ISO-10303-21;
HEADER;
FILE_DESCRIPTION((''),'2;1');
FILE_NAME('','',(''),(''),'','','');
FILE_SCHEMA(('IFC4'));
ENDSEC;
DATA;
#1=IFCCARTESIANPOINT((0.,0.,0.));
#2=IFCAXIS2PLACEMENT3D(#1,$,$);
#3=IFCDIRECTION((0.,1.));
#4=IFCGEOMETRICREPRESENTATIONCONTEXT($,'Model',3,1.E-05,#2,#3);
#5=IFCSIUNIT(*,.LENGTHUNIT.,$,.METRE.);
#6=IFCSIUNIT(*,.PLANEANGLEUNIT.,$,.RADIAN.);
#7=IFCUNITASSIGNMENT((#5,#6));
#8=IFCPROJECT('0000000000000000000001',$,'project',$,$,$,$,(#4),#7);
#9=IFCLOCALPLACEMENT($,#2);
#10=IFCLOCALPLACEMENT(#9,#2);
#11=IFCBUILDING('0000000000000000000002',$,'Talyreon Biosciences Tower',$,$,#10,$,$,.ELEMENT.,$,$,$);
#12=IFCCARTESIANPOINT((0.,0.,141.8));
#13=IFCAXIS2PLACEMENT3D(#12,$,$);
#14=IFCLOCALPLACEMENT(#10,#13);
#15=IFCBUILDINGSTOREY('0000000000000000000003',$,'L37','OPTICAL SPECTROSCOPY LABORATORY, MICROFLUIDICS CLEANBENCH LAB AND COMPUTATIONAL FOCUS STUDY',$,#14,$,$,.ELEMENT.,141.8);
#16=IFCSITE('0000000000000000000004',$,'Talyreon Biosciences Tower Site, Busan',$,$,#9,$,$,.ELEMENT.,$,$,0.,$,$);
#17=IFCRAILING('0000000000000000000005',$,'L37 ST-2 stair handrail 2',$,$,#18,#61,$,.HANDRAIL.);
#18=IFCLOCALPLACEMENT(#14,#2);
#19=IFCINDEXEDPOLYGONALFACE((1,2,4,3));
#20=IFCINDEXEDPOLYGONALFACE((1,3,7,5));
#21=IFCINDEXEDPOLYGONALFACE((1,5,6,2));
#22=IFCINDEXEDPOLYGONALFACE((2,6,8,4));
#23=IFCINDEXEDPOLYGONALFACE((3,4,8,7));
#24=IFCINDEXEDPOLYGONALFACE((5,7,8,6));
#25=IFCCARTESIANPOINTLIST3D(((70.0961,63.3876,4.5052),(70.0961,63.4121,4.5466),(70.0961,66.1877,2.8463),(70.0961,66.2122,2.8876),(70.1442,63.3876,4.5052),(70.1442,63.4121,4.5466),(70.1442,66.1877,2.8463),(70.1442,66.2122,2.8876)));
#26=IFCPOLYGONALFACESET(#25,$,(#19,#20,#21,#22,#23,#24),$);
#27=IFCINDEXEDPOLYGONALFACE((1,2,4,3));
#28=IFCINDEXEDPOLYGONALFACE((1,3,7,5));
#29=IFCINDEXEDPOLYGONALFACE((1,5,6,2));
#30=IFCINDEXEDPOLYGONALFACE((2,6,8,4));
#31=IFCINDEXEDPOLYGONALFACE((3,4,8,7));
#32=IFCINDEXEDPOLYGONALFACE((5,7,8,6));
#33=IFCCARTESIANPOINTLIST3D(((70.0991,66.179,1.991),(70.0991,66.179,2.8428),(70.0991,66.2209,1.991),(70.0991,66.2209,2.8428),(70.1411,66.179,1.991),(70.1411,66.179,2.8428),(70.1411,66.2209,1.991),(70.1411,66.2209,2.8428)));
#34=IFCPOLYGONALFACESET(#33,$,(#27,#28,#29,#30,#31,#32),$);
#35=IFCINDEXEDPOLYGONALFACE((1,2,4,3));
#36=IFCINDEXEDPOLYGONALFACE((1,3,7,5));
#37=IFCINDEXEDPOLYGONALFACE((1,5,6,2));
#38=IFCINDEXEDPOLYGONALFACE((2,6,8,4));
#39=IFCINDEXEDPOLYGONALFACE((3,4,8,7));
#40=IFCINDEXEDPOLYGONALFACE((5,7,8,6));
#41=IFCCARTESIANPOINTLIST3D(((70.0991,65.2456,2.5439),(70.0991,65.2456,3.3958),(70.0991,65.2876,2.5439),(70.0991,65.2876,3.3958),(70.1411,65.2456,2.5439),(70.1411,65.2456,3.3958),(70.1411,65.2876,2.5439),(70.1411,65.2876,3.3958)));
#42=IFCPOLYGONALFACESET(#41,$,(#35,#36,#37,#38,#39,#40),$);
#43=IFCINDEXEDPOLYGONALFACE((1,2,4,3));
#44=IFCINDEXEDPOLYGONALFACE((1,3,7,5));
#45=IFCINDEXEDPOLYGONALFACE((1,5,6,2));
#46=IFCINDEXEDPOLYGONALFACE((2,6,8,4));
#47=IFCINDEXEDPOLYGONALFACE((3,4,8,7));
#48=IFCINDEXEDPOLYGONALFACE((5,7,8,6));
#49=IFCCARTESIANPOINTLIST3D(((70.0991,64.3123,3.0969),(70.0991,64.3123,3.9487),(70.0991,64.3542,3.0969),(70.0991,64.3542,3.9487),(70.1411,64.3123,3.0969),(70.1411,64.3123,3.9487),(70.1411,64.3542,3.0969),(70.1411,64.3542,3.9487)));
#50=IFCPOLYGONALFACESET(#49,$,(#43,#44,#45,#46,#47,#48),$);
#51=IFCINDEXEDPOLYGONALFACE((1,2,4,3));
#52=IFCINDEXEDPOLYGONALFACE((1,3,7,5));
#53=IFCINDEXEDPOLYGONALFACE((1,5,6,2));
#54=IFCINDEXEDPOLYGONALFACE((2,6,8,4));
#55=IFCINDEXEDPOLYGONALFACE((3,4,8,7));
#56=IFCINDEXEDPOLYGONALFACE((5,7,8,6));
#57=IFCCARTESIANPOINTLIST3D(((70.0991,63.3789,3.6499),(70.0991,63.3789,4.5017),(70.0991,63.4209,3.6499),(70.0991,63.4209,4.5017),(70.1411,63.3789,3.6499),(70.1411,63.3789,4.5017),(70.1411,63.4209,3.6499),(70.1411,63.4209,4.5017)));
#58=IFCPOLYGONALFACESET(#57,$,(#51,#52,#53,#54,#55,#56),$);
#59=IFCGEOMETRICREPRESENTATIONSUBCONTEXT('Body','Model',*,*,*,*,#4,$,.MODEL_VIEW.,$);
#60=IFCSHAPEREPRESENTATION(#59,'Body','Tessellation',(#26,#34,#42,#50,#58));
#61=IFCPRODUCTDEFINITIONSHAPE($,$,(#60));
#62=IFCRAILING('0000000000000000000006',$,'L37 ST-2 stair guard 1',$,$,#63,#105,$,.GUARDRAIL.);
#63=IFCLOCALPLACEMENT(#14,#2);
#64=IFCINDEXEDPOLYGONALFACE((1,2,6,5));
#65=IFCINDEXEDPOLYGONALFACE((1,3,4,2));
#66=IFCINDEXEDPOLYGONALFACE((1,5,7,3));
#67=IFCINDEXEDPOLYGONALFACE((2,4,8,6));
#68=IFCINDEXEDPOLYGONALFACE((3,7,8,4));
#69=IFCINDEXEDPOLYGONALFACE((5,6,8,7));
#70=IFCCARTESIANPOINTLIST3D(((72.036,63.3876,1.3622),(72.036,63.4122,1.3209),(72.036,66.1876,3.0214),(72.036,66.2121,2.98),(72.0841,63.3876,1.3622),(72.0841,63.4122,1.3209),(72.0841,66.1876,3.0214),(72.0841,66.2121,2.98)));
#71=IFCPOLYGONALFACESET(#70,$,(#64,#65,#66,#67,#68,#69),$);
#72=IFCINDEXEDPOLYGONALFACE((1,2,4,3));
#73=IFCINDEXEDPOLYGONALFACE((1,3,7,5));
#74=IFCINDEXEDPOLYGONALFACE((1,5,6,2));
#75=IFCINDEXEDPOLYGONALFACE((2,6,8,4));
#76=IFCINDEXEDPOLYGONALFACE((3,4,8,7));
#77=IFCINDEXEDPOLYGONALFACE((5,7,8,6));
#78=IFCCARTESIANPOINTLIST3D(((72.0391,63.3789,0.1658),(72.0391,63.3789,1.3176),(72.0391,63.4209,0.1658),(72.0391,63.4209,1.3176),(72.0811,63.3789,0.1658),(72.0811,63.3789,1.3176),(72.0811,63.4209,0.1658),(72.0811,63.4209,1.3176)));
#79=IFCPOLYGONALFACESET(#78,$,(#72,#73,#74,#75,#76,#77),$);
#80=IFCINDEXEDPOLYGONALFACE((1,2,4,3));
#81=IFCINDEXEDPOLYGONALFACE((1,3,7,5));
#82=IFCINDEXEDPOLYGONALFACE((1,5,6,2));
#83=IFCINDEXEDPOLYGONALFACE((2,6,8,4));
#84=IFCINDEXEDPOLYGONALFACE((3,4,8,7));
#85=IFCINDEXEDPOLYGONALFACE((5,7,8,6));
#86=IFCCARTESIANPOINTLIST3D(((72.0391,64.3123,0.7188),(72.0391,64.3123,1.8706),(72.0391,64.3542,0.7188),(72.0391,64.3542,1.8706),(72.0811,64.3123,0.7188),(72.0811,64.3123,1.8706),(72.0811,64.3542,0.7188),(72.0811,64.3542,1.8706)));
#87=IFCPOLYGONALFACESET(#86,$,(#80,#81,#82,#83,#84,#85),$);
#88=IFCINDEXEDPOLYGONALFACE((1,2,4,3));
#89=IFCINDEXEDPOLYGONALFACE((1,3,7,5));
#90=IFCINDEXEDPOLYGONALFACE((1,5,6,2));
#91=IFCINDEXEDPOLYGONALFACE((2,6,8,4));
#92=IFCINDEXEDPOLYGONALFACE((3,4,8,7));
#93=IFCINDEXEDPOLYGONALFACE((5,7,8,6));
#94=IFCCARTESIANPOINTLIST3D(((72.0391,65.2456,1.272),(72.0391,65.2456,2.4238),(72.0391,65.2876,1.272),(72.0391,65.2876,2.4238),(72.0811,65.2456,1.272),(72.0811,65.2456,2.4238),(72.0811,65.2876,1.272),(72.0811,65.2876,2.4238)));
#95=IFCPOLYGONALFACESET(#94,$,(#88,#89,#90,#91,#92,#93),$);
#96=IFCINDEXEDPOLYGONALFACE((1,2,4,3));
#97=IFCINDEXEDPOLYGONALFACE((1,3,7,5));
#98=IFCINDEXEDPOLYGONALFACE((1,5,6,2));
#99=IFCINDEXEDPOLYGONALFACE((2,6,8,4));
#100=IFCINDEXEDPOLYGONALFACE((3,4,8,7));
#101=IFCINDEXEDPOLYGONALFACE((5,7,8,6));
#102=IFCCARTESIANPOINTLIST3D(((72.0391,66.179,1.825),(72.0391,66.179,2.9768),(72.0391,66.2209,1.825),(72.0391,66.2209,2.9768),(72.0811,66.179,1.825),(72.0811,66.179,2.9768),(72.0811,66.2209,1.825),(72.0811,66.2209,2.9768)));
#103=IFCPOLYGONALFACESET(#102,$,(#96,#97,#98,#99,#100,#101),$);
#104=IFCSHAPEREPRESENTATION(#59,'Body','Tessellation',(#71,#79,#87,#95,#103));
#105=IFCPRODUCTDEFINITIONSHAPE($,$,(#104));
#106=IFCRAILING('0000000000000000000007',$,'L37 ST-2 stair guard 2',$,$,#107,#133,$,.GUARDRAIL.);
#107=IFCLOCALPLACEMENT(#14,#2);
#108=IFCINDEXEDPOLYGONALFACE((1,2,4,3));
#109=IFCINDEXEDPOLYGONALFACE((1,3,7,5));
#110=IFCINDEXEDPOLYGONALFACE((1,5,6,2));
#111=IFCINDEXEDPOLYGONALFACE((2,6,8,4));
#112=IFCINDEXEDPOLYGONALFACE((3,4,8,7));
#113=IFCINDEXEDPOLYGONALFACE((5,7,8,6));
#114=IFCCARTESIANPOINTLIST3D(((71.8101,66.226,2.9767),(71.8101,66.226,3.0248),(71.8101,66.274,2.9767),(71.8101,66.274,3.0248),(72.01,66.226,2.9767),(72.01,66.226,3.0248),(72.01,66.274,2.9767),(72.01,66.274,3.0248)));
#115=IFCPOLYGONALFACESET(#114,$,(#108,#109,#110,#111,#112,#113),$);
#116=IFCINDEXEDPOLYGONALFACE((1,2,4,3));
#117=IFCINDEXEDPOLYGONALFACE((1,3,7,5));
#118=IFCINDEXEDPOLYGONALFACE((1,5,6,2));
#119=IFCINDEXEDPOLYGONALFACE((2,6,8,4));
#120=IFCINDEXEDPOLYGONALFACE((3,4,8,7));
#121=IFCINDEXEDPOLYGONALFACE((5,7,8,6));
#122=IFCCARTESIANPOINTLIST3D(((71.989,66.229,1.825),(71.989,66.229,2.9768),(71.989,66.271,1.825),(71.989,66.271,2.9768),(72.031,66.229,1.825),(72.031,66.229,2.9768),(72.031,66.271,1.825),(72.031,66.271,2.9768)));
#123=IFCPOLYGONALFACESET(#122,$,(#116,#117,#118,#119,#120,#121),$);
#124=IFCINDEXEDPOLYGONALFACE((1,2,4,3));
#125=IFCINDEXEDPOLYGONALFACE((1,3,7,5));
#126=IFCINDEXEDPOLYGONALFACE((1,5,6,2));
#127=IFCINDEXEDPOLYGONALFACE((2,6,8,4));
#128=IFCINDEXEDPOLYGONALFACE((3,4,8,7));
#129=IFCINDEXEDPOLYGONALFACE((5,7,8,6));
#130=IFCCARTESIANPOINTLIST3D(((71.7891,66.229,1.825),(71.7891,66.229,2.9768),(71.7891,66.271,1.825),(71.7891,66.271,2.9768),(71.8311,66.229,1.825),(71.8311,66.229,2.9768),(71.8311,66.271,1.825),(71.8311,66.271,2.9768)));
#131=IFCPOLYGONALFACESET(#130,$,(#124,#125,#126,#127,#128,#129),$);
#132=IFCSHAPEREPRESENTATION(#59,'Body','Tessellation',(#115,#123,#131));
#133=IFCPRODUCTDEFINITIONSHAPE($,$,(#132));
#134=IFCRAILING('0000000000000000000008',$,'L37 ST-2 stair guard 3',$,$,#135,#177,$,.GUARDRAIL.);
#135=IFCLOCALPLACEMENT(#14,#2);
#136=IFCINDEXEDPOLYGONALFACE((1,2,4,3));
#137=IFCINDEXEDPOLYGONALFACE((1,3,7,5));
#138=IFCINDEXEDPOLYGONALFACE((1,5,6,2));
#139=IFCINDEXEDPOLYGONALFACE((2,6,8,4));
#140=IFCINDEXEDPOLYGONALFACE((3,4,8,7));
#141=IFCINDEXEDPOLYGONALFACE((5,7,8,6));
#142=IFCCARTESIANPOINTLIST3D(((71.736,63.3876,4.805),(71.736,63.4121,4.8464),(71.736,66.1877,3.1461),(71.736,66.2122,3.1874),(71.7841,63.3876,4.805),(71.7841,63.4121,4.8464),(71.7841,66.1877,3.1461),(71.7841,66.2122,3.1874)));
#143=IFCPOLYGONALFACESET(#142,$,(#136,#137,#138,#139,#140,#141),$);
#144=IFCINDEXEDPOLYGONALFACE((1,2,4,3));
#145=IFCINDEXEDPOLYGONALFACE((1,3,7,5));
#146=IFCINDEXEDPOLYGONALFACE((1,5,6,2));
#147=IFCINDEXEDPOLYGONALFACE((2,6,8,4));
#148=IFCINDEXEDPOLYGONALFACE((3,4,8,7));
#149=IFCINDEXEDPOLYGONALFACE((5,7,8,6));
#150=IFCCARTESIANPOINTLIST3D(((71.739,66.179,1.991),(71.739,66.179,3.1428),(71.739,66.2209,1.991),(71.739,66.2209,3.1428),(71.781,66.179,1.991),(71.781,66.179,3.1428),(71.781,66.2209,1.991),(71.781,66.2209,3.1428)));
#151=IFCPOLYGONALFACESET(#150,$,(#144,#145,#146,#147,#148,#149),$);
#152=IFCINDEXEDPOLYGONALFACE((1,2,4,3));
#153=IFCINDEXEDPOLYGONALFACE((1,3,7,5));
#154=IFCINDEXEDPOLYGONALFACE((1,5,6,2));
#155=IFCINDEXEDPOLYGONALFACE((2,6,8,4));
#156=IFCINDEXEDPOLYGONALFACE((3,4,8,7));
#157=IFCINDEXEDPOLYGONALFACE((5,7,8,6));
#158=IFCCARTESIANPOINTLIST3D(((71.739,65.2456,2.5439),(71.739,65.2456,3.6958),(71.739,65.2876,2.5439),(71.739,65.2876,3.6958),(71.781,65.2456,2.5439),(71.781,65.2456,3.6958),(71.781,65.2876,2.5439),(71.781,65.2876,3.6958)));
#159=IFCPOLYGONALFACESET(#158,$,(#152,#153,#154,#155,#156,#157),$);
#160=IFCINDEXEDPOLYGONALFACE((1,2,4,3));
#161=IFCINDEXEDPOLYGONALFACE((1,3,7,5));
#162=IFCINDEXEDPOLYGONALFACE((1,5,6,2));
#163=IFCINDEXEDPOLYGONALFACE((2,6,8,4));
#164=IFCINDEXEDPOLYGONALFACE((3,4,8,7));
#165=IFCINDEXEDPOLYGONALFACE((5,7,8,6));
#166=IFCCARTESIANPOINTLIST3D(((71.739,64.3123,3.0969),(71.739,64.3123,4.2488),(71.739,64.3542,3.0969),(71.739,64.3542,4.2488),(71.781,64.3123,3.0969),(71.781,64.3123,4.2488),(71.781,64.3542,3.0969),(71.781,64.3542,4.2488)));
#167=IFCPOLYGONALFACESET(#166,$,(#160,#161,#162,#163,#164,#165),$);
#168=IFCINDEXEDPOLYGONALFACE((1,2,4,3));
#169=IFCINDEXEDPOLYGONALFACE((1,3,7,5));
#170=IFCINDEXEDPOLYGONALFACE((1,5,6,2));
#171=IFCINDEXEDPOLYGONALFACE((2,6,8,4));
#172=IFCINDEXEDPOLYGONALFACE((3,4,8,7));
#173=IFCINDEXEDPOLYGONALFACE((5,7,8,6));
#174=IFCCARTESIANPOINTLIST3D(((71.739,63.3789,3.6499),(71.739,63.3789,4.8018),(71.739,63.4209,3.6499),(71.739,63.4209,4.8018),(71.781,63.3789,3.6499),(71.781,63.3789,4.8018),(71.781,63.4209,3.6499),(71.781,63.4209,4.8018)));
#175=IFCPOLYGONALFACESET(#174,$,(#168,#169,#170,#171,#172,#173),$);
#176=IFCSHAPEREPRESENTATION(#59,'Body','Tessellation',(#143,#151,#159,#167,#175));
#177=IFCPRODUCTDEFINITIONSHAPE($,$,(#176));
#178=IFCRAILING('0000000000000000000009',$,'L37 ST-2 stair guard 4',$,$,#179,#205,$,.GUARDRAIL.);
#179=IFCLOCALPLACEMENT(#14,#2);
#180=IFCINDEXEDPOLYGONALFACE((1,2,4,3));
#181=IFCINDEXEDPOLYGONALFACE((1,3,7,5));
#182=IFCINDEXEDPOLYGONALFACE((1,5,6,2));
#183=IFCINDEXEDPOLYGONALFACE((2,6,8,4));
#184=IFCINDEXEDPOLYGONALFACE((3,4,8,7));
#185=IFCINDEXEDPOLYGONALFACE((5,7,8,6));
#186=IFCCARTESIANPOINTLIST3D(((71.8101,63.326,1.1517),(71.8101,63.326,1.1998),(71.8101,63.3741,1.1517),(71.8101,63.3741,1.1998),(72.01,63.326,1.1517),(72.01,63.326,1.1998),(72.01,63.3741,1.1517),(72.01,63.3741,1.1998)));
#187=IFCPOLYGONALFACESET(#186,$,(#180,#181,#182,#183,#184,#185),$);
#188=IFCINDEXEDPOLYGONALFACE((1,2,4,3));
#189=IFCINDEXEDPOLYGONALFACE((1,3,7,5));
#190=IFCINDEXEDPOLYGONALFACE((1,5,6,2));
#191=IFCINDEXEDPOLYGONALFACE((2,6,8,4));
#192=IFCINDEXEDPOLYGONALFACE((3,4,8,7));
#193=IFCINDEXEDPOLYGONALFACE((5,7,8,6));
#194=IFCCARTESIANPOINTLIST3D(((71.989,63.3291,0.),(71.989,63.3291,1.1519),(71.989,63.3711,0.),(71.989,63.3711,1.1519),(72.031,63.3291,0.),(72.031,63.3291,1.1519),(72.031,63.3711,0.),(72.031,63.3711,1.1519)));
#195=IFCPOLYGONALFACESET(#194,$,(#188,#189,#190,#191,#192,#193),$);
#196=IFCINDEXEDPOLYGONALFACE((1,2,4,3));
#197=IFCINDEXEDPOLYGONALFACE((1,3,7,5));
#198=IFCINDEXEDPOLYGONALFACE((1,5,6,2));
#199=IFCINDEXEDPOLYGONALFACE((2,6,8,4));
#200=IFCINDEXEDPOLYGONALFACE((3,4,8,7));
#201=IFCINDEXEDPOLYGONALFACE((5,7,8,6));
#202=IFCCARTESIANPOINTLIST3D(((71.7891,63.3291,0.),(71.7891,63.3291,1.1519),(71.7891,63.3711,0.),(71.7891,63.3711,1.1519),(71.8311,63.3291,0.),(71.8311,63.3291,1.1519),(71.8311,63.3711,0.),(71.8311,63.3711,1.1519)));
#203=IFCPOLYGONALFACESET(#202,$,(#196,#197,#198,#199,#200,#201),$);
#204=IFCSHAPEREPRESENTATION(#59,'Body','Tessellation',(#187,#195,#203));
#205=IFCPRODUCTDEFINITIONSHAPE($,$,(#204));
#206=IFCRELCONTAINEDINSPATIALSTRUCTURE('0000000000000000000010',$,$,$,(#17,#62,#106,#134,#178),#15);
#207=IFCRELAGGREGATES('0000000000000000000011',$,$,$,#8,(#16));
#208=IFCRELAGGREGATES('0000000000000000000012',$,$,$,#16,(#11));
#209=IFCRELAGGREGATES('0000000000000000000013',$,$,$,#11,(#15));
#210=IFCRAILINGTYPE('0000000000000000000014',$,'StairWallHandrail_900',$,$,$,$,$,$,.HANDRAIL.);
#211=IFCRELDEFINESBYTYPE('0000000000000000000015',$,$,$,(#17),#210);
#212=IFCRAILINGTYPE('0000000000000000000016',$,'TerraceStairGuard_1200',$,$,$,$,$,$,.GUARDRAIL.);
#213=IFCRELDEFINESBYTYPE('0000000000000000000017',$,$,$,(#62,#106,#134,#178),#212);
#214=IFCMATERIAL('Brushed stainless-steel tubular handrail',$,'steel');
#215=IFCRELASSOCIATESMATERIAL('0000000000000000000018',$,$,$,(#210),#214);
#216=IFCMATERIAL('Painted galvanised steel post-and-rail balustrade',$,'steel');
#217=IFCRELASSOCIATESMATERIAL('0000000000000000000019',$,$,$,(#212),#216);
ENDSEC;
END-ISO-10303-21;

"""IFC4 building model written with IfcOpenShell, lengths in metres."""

from ifc_helpers import new_model, si_unit, direction, frame, origin, origin_2d, place, context, subcontext, project, spatial, rectangle, extrude, material, type_object, element, save


model = new_model("IFC4")

# Units and contexts
model_context = context("Model", 3, precision=1e-05, world=origin(), true_north=direction((0.0, 1.0)))
body_context = subcontext(model_context, "Body", "Model", "MODEL_VIEW")
ifc_project = project(units=[si_unit("LENGTHUNIT", "METRE"), si_unit("PLANEANGLEUNIT", "RADIAN")], contexts=[model_context])

# Site, building, storey
site_placement = place(None, origin())
site = spatial("IfcSite", under=ifc_project, at=site_placement, Name="Talyreon Biosciences Tower Site, Busan", CompositionType="ELEMENT", RefElevation=0.0)
building_placement = place(site_placement, origin())
building = spatial("IfcBuilding", under=site, at=building_placement, Name="Talyreon Biosciences Tower", CompositionType="ELEMENT")
storey_placement = place(building_placement, frame((0.0, 0.0, 141.8)))
storey = spatial("IfcBuildingStorey", under=building, at=storey_placement, Name="L37", Description="OPTICAL SPECTROSCOPY LABORATORY, MICROFLUIDICS CLEANBENCH LAB AND COMPUTATIONAL FOCUS STUDY", CompositionType="ELEMENT", Elevation=141.8)

# Railings
ifc_material_1 = material(Name="Brushed stainless-steel tubular handrail", Category="steel")
railing_type_1 = type_object("IfcRailingType", Name="StairWallHandrail_900", PredefinedType="HANDRAIL", material=ifc_material_1)
railing_1_placement = place(storey_placement, frame((70.1201, 66.2, 1.991)))
element("IfcRailing", 1, at=railing_1_placement, inside=storey, type_object=railing_type_1, Name="L37 ST-2 stair handrail 2", PredefinedType="HANDRAIL", context=body_context, shape_type="SweptSolid", body=[
    extrude(rectangle(XDim=0.0481, YDim=0.0481, at=origin_2d()), frame((0.0, 0.0, 0.876), z_axis=(0.0, -0.860339, 0.509722), x_axis=(1.0, 0.0, 0.0)), (0.0, 0.0, 1.0), 3.2546),
    extrude(rectangle(XDim=0.042, YDim=0.042, at=origin_2d()), origin(), (0.0, 0.0, 1.0), 0.8518),
    extrude(rectangle(XDim=0.042, YDim=0.042, at=origin_2d()), frame((0.0, -0.9333, 0.553)), (0.0, 0.0, 1.0), 0.8518),
    extrude(rectangle(XDim=0.042, YDim=0.042, at=origin_2d()), frame((0.0, -1.8667, 1.106)), (0.0, 0.0, 1.0), 0.8518),
    extrude(rectangle(XDim=0.042, YDim=0.042, at=origin_2d()), frame((0.0, -2.8, 1.6589)), (0.0, 0.0, 1.0), 0.8518),
])
ifc_material_2 = material(Name="Painted galvanised steel post-and-rail balustrade", Category="steel")
railing_type_2 = type_object("IfcRailingType", Name="TerraceStairGuard_1200", PredefinedType="GUARDRAIL", material=ifc_material_2)
railing_2_placement = place(storey_placement, frame((72.0601, 63.3999, 0.1658)))
element("IfcRailing", 2, at=railing_2_placement, inside=storey, type_object=railing_type_2, Name="L37 ST-2 stair guard 1", PredefinedType="GUARDRAIL", context=body_context, shape_type="SweptSolid", body=[
    extrude(rectangle(XDim=0.0481, YDim=0.0481, at=origin_2d()), frame((0.0, 0.0, 1.1758), z_axis=(0.0, 0.860306, 0.509778), x_axis=(-1.0, 0.0, 0.0)), (0.0, 0.0, 1.0), 3.2546),
    extrude(rectangle(XDim=0.042, YDim=0.042, at=origin_2d()), origin(), (0.0, 0.0, 1.0), 1.1519),
    extrude(rectangle(XDim=0.042, YDim=0.042, at=origin_2d()), frame((0.0, 0.9333, 0.553)), (0.0, 0.0, 1.0), 1.1519),
    extrude(rectangle(XDim=0.042, YDim=0.042, at=origin_2d()), frame((0.0, 1.8667, 1.1062)), (0.0, 0.0, 1.0), 1.1519),
    extrude(rectangle(XDim=0.042, YDim=0.042, at=origin_2d()), frame((0.0, 2.8, 1.6592)), (0.0, 0.0, 1.0), 1.1519),
])
railing_3_placement = place(storey_placement, frame((72.01, 66.25, 1.825)))
element("IfcRailing", 3, at=railing_3_placement, inside=storey, type_object=railing_type_2, Name="L37 ST-2 stair guard 2", PredefinedType="GUARDRAIL", context=body_context, shape_type="SweptSolid", body=[
    extrude(rectangle(XDim=0.0481, YDim=0.0481, at=origin_2d()), frame((0.0, 0.0, 1.1758), z_axis=(-1.0, 0.0, 0.0), x_axis=(0.0, -1.0, 0.0)), (0.0, 0.0, 1.0), 0.2),
    extrude(rectangle(XDim=0.042, YDim=0.042, at=origin_2d()), origin(), (0.0, 0.0, 1.0), 1.1519),
    extrude(rectangle(XDim=0.042, YDim=0.042, at=origin_2d()), frame((-0.2, 0.0, 0.0)), (0.0, 0.0, 1.0), 1.1519),
])
railing_4_placement = place(storey_placement, frame((71.76, 66.2, 1.991)))
element("IfcRailing", 4, at=railing_4_placement, inside=storey, type_object=railing_type_2, Name="L37 ST-2 stair guard 3", PredefinedType="GUARDRAIL", context=body_context, shape_type="SweptSolid", body=[
    extrude(rectangle(XDim=0.0481, YDim=0.0481, at=origin_2d()), frame((0.0, 0.0, 1.1758), z_axis=(0.0, -0.860339, 0.509722), x_axis=(1.0, 0.0, 0.0)), (0.0, 0.0, 1.0), 3.2546),
    extrude(rectangle(XDim=0.042, YDim=0.042, at=origin_2d()), origin(), (0.0, 0.0, 1.0), 1.1519),
    extrude(rectangle(XDim=0.042, YDim=0.042, at=origin_2d()), frame((0.0, -0.9333, 0.553)), (0.0, 0.0, 1.0), 1.1519),
    extrude(rectangle(XDim=0.042, YDim=0.042, at=origin_2d()), frame((0.0, -1.8667, 1.106)), (0.0, 0.0, 1.0), 1.1519),
    extrude(rectangle(XDim=0.042, YDim=0.042, at=origin_2d()), frame((0.0, -2.8, 1.6589)), (0.0, 0.0, 1.0), 1.1519),
])
railing_5_placement = place(storey_placement, frame((72.01, 63.3501, 0.0)))
element("IfcRailing", 5, at=railing_5_placement, inside=storey, type_object=railing_type_2, Name="L37 ST-2 stair guard 4", PredefinedType="GUARDRAIL", context=body_context, shape_type="SweptSolid", body=[
    extrude(rectangle(XDim=0.0481, YDim=0.0481, at=origin_2d()), frame((0.0, 0.0, 1.1758), z_axis=(-1.0, 0.0, 0.0), x_axis=(0.0, -1.0, 0.0)), (0.0, 0.0, 1.0), 0.2),
    extrude(rectangle(XDim=0.042, YDim=0.042, at=origin_2d()), origin(), (0.0, 0.0, 1.0), 1.1519),
    extrude(rectangle(XDim=0.042, YDim=0.042, at=origin_2d()), frame((-0.2, 0.0, 0.0)), (0.0, 0.0, 1.0), 1.1519),
])

save(model, "model.ifc")
